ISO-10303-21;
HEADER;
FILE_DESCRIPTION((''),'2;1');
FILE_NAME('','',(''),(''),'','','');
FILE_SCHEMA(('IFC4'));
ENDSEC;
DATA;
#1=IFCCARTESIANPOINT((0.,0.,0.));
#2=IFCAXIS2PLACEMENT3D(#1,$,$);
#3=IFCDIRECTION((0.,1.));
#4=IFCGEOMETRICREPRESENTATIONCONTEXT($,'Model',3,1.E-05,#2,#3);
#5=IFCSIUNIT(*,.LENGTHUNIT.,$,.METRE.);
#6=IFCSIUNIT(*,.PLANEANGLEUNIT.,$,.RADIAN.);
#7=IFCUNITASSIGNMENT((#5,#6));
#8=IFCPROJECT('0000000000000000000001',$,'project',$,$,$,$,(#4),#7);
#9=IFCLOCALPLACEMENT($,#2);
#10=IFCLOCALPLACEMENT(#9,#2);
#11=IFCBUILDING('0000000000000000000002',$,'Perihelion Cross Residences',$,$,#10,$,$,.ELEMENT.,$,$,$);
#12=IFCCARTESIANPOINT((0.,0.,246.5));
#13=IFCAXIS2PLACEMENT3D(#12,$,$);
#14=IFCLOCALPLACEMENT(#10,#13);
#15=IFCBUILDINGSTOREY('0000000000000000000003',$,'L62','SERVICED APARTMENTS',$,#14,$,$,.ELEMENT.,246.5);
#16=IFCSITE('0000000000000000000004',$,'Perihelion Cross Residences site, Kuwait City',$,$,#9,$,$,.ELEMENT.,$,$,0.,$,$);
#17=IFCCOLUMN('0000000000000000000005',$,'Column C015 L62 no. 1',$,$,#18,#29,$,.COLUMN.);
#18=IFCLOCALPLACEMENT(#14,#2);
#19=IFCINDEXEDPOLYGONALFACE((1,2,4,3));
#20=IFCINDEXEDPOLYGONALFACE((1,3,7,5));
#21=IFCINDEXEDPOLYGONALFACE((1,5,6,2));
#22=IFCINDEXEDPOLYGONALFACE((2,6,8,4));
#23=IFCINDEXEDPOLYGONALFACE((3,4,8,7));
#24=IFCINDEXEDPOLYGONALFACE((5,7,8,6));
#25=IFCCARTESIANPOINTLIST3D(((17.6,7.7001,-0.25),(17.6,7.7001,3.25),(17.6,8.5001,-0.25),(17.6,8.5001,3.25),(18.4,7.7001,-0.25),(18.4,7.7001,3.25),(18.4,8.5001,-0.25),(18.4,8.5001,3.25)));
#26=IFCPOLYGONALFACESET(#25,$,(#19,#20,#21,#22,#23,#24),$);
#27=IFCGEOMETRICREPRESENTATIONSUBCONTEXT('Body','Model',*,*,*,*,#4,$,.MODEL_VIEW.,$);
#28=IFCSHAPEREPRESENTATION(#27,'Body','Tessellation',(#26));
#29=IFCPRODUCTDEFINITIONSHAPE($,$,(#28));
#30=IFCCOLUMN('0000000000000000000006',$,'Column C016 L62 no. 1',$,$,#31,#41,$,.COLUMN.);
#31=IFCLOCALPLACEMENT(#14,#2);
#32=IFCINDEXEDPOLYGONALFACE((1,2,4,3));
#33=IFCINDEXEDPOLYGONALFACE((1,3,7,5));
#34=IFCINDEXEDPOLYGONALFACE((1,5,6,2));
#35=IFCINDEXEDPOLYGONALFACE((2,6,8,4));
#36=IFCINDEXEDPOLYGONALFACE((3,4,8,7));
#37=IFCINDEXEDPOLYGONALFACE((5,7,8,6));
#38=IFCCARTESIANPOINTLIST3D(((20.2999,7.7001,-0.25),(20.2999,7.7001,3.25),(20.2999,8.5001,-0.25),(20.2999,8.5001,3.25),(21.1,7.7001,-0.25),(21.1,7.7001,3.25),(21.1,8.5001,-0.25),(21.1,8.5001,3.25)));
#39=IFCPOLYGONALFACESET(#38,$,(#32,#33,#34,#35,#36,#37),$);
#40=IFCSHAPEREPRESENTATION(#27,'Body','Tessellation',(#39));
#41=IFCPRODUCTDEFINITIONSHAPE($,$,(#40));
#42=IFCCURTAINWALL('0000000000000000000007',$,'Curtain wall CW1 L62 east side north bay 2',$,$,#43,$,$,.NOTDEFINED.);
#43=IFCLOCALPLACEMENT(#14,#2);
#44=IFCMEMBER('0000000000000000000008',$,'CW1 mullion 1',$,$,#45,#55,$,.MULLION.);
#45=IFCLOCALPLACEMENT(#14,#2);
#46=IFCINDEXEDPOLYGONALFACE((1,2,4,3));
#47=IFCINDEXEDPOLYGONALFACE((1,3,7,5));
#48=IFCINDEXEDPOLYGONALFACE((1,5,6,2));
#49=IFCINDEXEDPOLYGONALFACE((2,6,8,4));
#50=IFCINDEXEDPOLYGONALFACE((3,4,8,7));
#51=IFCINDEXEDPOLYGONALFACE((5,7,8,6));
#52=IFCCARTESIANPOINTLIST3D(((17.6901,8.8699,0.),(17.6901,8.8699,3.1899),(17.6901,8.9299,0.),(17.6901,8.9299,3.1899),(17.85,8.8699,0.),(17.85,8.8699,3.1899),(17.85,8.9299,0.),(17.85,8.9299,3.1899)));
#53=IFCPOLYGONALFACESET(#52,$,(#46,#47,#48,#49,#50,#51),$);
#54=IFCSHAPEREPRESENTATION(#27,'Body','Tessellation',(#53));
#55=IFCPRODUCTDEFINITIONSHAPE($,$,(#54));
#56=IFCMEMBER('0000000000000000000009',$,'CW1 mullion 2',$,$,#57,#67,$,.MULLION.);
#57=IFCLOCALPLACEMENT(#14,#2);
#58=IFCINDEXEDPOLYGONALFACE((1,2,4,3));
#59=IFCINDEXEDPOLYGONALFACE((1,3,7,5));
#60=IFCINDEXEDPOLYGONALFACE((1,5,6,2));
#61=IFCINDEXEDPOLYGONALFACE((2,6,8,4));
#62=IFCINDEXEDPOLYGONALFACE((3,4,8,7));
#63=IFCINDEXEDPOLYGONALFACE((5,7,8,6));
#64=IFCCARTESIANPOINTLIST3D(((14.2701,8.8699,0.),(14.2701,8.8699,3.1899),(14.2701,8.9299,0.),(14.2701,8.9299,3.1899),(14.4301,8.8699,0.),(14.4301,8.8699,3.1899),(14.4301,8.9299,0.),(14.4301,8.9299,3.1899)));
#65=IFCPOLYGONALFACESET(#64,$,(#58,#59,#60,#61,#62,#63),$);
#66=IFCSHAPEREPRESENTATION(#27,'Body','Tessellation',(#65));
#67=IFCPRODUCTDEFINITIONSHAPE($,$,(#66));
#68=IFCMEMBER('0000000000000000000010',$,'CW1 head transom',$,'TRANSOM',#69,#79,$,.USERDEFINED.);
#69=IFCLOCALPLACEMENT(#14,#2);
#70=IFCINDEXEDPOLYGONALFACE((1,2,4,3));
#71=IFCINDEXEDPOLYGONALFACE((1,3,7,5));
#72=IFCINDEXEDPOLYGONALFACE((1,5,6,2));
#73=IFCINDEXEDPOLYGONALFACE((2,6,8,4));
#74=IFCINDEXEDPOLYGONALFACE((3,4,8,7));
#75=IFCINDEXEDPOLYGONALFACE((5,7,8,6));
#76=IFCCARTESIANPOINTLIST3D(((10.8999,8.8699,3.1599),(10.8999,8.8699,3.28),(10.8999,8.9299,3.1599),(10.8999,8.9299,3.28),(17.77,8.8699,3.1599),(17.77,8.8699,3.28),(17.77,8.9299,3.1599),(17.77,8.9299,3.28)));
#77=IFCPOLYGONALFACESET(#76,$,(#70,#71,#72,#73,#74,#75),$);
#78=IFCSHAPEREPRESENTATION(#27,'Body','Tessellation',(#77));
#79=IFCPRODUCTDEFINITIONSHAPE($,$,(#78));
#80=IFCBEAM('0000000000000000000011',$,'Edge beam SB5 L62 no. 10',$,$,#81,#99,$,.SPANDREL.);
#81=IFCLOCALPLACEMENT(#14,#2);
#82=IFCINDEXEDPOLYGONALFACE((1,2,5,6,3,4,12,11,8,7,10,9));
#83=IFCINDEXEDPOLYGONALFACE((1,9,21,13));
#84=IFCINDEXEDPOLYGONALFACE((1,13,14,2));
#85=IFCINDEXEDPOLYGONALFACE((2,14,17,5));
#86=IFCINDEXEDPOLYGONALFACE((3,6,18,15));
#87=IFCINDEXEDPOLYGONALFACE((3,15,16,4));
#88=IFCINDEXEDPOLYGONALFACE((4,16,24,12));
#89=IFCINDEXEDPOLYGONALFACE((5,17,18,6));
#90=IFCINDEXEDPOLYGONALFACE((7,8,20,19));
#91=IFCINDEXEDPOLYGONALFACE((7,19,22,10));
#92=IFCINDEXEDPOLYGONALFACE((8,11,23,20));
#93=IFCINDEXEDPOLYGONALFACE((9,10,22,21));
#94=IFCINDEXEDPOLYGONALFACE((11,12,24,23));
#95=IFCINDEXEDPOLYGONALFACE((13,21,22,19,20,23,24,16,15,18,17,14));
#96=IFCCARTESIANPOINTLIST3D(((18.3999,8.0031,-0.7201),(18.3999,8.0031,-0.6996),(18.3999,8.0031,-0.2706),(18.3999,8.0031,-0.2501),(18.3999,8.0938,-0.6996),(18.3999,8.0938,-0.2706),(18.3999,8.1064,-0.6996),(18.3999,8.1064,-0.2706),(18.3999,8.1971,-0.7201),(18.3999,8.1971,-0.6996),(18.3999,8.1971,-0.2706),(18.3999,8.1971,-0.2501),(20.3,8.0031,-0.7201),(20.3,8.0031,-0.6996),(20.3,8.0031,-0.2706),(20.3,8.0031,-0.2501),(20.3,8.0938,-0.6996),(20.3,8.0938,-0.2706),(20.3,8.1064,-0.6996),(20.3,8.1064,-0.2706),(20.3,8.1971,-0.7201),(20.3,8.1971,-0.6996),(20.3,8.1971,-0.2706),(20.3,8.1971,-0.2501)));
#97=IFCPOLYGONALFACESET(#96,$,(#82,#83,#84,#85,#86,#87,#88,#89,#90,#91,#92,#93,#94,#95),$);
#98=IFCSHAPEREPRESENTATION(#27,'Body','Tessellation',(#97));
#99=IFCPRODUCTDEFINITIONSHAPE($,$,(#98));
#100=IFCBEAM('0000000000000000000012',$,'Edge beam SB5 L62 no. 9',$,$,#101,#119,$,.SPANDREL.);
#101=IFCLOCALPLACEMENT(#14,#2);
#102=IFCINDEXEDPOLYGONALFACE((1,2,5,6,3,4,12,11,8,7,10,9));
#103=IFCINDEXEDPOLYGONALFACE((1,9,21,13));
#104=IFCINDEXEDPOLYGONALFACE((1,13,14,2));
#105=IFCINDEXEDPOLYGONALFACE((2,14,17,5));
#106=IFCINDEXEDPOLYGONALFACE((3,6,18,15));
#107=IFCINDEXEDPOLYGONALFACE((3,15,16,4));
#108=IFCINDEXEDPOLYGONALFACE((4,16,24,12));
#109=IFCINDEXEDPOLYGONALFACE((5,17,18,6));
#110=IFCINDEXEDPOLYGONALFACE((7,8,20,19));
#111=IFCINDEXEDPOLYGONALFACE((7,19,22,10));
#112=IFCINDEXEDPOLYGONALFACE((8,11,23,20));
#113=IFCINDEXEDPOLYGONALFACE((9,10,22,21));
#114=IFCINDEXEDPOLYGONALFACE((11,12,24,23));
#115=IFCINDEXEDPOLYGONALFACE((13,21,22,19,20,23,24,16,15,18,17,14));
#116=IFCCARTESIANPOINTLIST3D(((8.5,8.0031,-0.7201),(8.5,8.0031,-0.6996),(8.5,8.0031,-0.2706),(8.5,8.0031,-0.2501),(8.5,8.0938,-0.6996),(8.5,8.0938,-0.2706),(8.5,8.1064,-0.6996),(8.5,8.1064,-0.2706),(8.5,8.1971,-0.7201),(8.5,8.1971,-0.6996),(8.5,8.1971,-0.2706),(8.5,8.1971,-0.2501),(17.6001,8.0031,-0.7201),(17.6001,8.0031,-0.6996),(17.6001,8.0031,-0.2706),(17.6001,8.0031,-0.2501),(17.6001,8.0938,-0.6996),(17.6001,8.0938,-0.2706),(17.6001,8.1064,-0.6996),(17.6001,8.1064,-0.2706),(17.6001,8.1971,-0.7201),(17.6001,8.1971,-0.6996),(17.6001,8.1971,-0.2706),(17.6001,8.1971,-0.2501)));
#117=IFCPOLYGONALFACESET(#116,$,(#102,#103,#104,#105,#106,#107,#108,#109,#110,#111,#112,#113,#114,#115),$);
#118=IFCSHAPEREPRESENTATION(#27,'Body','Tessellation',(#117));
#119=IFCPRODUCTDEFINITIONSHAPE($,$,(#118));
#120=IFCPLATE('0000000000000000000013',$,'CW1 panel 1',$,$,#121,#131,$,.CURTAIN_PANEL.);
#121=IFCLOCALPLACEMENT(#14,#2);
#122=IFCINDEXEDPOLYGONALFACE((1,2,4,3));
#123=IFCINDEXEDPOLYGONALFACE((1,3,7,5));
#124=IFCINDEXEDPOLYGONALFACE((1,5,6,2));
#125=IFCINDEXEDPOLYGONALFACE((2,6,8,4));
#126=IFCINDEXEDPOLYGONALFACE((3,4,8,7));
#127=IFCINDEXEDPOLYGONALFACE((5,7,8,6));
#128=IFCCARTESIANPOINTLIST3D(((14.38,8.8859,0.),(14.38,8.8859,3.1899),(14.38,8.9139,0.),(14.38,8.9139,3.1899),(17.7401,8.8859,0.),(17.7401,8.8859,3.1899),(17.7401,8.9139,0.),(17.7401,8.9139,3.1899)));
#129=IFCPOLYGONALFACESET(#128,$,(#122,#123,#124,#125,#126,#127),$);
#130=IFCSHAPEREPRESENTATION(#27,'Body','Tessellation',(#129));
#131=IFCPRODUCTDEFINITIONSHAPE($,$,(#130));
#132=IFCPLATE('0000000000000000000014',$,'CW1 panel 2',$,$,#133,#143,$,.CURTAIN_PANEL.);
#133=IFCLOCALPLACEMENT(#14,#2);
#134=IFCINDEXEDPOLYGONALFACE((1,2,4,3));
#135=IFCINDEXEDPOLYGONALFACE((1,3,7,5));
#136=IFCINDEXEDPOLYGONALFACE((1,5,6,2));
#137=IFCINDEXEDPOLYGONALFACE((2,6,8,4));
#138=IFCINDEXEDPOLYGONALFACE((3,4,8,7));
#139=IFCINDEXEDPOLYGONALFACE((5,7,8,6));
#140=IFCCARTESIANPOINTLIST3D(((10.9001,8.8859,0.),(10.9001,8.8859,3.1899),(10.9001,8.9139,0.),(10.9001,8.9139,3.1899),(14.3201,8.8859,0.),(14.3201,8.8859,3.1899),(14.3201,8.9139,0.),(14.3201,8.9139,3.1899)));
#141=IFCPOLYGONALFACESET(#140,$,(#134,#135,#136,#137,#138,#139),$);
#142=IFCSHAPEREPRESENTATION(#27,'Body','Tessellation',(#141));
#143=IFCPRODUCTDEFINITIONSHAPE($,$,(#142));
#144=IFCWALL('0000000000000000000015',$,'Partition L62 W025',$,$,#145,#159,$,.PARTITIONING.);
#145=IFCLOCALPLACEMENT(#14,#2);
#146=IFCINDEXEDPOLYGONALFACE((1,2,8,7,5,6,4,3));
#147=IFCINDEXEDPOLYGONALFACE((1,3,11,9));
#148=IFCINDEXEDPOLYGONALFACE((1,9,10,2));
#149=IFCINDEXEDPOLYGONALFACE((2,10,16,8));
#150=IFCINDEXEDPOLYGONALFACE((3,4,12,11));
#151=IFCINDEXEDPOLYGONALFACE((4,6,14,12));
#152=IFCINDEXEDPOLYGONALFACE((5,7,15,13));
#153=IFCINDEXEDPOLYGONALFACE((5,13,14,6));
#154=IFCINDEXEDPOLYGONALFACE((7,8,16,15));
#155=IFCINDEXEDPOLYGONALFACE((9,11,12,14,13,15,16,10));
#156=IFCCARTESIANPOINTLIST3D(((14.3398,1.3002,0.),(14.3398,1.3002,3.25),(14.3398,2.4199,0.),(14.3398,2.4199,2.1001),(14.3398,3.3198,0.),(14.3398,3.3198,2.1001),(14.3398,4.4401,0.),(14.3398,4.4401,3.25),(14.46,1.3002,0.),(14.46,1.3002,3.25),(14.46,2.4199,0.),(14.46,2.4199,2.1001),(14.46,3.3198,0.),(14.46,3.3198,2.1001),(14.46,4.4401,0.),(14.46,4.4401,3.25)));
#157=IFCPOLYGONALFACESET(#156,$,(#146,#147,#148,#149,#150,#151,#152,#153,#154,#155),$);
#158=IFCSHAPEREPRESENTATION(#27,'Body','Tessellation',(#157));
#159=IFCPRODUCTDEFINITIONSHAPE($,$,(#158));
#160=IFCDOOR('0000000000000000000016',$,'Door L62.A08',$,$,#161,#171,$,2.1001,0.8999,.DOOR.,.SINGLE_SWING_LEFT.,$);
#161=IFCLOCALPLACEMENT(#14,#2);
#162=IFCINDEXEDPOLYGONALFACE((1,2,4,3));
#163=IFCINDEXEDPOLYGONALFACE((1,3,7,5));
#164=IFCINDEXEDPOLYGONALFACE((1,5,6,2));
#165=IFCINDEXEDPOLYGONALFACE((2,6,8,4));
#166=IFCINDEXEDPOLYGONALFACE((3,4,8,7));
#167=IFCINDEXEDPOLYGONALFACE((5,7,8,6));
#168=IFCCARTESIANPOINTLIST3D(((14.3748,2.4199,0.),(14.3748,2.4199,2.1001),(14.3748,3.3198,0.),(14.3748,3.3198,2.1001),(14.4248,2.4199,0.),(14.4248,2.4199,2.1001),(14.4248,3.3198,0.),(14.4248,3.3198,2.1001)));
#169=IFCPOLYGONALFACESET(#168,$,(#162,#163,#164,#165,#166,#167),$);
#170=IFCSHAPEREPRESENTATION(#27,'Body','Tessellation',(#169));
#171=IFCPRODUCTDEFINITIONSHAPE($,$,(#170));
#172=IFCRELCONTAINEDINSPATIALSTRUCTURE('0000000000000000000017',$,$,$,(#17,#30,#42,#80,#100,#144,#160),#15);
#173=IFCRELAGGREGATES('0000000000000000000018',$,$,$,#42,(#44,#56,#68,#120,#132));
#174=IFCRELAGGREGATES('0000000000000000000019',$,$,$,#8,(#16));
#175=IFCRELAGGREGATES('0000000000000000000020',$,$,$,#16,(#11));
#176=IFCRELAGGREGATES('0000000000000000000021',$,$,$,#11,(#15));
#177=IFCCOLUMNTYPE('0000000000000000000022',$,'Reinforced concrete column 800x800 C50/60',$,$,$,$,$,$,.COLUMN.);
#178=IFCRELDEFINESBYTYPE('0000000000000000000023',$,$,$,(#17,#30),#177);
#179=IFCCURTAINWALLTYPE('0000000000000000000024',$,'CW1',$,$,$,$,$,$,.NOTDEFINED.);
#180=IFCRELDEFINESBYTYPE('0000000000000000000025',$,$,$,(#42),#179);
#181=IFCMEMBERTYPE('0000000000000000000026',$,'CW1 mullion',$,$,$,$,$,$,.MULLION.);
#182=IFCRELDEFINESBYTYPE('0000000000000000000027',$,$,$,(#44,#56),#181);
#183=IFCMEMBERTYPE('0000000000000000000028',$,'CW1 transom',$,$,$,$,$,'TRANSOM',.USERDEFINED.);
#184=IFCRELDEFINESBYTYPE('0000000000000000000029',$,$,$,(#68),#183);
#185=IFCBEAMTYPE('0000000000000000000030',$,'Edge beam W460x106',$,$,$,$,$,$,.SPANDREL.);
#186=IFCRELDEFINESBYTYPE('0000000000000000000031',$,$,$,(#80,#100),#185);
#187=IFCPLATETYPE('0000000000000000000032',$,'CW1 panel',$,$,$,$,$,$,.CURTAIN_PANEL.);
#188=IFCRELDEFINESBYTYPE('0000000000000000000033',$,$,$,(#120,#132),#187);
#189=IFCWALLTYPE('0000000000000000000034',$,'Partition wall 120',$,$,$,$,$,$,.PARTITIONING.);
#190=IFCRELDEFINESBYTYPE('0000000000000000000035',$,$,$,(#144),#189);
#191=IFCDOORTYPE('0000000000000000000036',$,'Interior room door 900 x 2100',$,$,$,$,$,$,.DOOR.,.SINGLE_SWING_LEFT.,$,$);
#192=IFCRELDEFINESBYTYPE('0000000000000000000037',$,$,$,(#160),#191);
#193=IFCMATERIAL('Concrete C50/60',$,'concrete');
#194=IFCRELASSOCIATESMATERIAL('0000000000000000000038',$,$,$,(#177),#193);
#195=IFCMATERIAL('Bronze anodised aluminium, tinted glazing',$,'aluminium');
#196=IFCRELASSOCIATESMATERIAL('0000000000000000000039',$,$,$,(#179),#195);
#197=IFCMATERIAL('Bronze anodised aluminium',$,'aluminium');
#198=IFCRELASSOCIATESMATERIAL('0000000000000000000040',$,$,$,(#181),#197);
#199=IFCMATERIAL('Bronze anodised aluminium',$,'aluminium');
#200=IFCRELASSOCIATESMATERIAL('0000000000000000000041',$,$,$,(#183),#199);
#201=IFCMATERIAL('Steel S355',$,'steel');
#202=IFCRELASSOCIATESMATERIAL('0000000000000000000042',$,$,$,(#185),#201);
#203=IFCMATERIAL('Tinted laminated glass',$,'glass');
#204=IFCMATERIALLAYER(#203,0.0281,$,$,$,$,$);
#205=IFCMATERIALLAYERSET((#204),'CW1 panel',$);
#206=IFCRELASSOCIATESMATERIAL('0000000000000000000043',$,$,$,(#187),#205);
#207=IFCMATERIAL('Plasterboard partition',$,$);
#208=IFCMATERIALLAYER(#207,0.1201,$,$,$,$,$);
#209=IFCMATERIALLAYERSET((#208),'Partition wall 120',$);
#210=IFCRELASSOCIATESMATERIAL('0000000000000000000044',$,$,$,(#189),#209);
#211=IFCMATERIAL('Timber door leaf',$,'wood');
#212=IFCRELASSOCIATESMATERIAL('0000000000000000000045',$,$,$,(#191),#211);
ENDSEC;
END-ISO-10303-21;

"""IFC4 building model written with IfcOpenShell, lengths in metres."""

from ifc_helpers import new_model, si_unit, direction, frame, frame_2d, origin, origin_2d, place, context, subcontext, project, spatial, rectangle, i_section, extrude, material, layer, layer_set, material_profile, profile_set, type_object, element, fill, aggregate, save


model = new_model("IFC4")

# Units and contexts
model_context = context("Model", 3, precision=1e-05, world=origin(), true_north=direction((0.0, 1.0)))
body_context = subcontext(model_context, "Body", "Model", "MODEL_VIEW")
ifc_project = project(units=[si_unit("LENGTHUNIT", "METRE"), si_unit("PLANEANGLEUNIT", "RADIAN")], contexts=[model_context])

# Site, building, storey
site_placement = place(None, origin())
site = spatial("IfcSite", under=ifc_project, at=site_placement, Name="Perihelion Cross Residences site, Kuwait City", CompositionType="ELEMENT", RefElevation=0.0)
building_placement = place(site_placement, origin())
building = spatial("IfcBuilding", under=site, at=building_placement, Name="Perihelion Cross Residences", CompositionType="ELEMENT")
storey_placement = place(building_placement, frame((0.0, 0.0, 246.5)))
storey = spatial("IfcBuildingStorey", under=building, at=storey_placement, Name="L62", Description="SERVICED APARTMENTS", CompositionType="ELEMENT", Elevation=246.5)

# Columns
ifc_material_1 = material(Name="Concrete C50/60", Category="concrete")
ifc_material_profile_1 = material_profile(ifc_material_1, rectangle(XDim=0.8, YDim=0.8, at=origin_2d()), Name="RC 800x800")
ifc_profile_set_1 = profile_set([ifc_material_profile_1], Name="Concrete C50/60")
column_type = type_object("IfcColumnType", Name="Reinforced concrete column 800x800 C50/60", PredefinedType="COLUMN", material=ifc_profile_set_1)
for number, where, z_axis, x_axis, name in (
    (1, (18.0, 8.1001, -0.25), (0.0, 0.0, 1.0), (1.0, 0.0, 0.0), "Column C015 L62 no. 1"),
    (2, (20.7, 8.1001, -0.25), (0.0, 0.0, 1.0), (1.0, 0.0, 0.0), "Column C016 L62 no. 1"),
):
    element("IfcColumn", number, at=place(storey_placement, frame(where, z_axis=z_axis, x_axis=x_axis)), inside=storey, type_object=column_type, Name=name, PredefinedType="COLUMN", context=body_context, shape_type="SweptSolid", body=[
        extrude(rectangle(XDim=0.8, YDim=0.8, at=origin_2d()), origin(), (0.0, 0.0, 1.0), 3.5),
    ])

# Curtain wall, members
ifc_material_2 = material(Name="Bronze anodised aluminium, tinted glazing", Category="aluminium")
curtain_wall_type = type_object("IfcCurtainWallType", Name="CW1", PredefinedType="NOTDEFINED", material=ifc_material_2)
curtain_wall_placement = place(storey_placement, origin())
curtain_wall = element("IfcCurtainWall", 3, at=curtain_wall_placement, inside=storey, type_object=curtain_wall_type, Name="Curtain wall CW1 L62 east side north bay 2", PredefinedType="NOTDEFINED")
ifc_material_3 = material(Name="Bronze anodised aluminium", Category="aluminium")
ifc_material_profile_2 = material_profile(ifc_material_3, rectangle(XDim=0.0601, YDim=0.1599, at=origin_2d()), Name="CW1 mullion")
ifc_profile_set_2 = profile_set([ifc_material_profile_2], Name="Bronze anodised aluminium")
member_type_1 = type_object("IfcMemberType", Name="CW1 mullion", PredefinedType="MULLION", material=ifc_profile_set_2)
member_1_placement = place(storey_placement, frame((17.77, 8.8999, 0.0), z_axis=(0.0, 0.0, 1.0), x_axis=(0.0, -1.0, 0.0)))
member_1 = element("IfcMember", 4, at=member_1_placement, type_object=member_type_1, Name="CW1 mullion 1", PredefinedType="MULLION", context=body_context, shape_type="SweptSolid", body=[
    extrude(rectangle(XDim=0.0601, YDim=0.1599, at=origin_2d()), origin(), (0.0, 0.0, 1.0), 3.1899),
])
member_2_placement = place(storey_placement, frame((14.3501, 8.8999, 0.0), z_axis=(0.0, 0.0, 1.0), x_axis=(0.0, -1.0, 0.0)))
member_2 = element("IfcMember", 5, at=member_2_placement, type_object=member_type_1, Name="CW1 mullion 2", PredefinedType="MULLION", context=body_context, shape_type="SweptSolid", body=[
    extrude(rectangle(XDim=0.0601, YDim=0.1599, at=origin_2d()), origin(), (0.0, 0.0, 1.0), 3.1899),
])
ifc_material_4 = material(Name="Bronze anodised aluminium", Category="aluminium")
ifc_material_profile_3 = material_profile(ifc_material_4, rectangle(XDim=0.0601, YDim=0.1201, at=origin_2d()), Name="CW1 transom")
ifc_profile_set_3 = profile_set([ifc_material_profile_3], Name="Bronze anodised aluminium")
member_type_2 = type_object("IfcMemberType", Name="CW1 transom", ElementType="TRANSOM", PredefinedType="USERDEFINED", material=ifc_profile_set_3)
member_3_placement = place(storey_placement, frame((17.77, 8.8999, 3.22), z_axis=(-1.0, 0.0, 0.0), x_axis=(0.0, -1.0, 0.0)))
member_3 = element("IfcMember", 6, at=member_3_placement, type_object=member_type_2, Name="CW1 head transom", ObjectType="TRANSOM", PredefinedType="USERDEFINED", context=body_context, shape_type="SweptSolid", body=[
    extrude(rectangle(XDim=0.0601, YDim=0.1201, at=origin_2d()), origin(), (0.0, 0.0, 1.0), 6.8701),
])

# Beams
ifc_material_5 = material(Name="Steel S355", Category="steel")
ifc_material_profile_4 = material_profile(ifc_material_5, i_section(OverallWidth=0.1941, OverallDepth=0.47, WebThickness=0.0127, FlangeThickness=0.0205, at=origin_2d()), Name="W460x106")
ifc_profile_set_4 = profile_set([ifc_material_profile_4], Name="Steel S355")
beam_type = type_object("IfcBeamType", Name="Edge beam W460x106", PredefinedType="SPANDREL", material=ifc_profile_set_4)
beam_1_placement = place(storey_placement, frame((20.3, 8.1001, -0.4851), z_axis=(-1.0, 0.0, 0.0), x_axis=(0.0, -1.0, 0.0)))
element("IfcBeam", 7, at=beam_1_placement, inside=storey, type_object=beam_type, Name="Edge beam SB5 L62 no. 10", PredefinedType="SPANDREL", context=body_context, shape_type="SweptSolid", body=[
    extrude(i_section(OverallWidth=0.1941, OverallDepth=0.47, WebThickness=0.0127, FlangeThickness=0.0205, at=origin_2d()), origin(), (0.0, 0.0, 1.0), 1.9001),
])
beam_2_placement = place(storey_placement, frame((17.6001, 8.1001, -0.4851), z_axis=(-1.0, 0.0, 0.0), x_axis=(0.0, -1.0, 0.0)))
element("IfcBeam", 8, at=beam_2_placement, inside=storey, type_object=beam_type, Name="Edge beam SB5 L62 no. 9", PredefinedType="SPANDREL", context=body_context, shape_type="SweptSolid", body=[
    extrude(i_section(OverallWidth=0.1941, OverallDepth=0.47, WebThickness=0.0127, FlangeThickness=0.0205, at=origin_2d()), origin(), (0.0, 0.0, 1.0), 9.1001),
])

# Plates
ifc_material_6 = material(Name="Tinted laminated glass", Category="glass")
ifc_layer_1 = layer(ifc_material_6, 0.0281)
ifc_layer_set_1 = layer_set([ifc_layer_1], Name="CW1 panel")
plate_type = type_object("IfcPlateType", Name="CW1 panel", PredefinedType="CURTAIN_PANEL", material=ifc_layer_set_1)
plate_1_placement = place(storey_placement, frame((16.0601, 8.8999, 0.0), z_axis=(0.0, 0.0, 1.0), x_axis=(-1.0, 0.0, 0.0)))
plate_1 = element("IfcPlate", 9, at=plate_1_placement, type_object=plate_type, Name="CW1 panel 1", PredefinedType="CURTAIN_PANEL", context=body_context, shape_type="SweptSolid", body=[
    extrude(rectangle(XDim=3.3601, YDim=0.0281, at=origin_2d()), origin(), (0.0, 0.0, 1.0), 3.1899),
])
plate_2_placement = place(storey_placement, frame((12.6101, 8.8999, 0.0), z_axis=(0.0, 0.0, 1.0), x_axis=(-1.0, 0.0, 0.0)))
plate_2 = element("IfcPlate", 10, at=plate_2_placement, type_object=plate_type, Name="CW1 panel 2", PredefinedType="CURTAIN_PANEL", context=body_context, shape_type="SweptSolid", body=[
    extrude(rectangle(XDim=3.4199, YDim=0.0281, at=origin_2d()), origin(), (0.0, 0.0, 1.0), 3.1899),
])
aggregate(curtain_wall, [member_1, member_2, member_3, plate_1, plate_2])

# Wall, opening, door
ifc_material_7 = material(Name="Plasterboard partition")
ifc_layer_2 = layer(ifc_material_7, 0.1201)
ifc_layer_set_2 = layer_set([ifc_layer_2], Name="Partition wall 120")
wall_type_1 = type_object("IfcWallType", Name="Partition wall 120", PredefinedType="PARTITIONING", material=ifc_layer_set_2)
wall_1_placement = place(storey_placement, frame((14.3999, 4.4399, 0.0), z_axis=(0.0, 0.0, 1.0), x_axis=(0.0, -1.0, 0.0)))
wall_1 = element("IfcWall", 11, at=wall_1_placement, inside=storey, type_object=wall_type_1, Name="Partition L62 W025", PredefinedType="PARTITIONING", context=body_context, shape_type="SweptSolid", body=[
    extrude(rectangle(XDim=3.1399, YDim=0.1201, at=frame_2d((1.5698, 0.0))), origin(), (0.0, 0.0, 1.0), 3.25),
])
opening_1_placement = place(wall_1_placement, frame((1.1201, 0.0, 0.0)))
opening_1 = element("IfcOpeningElement", 12, at=opening_1_placement, cuts=wall_1, PredefinedType="OPENING", context=body_context, shape_type="SweptSolid", body=[
    extrude(rectangle(XDim=0.8999, YDim=2.1001, at=frame_2d((0.45, 1.05))), frame((0.0, 0.0701, 0.0), z_axis=(0.0, -1.0, 0.0), x_axis=(1.0, 0.0, 0.0)), (0.0, 0.0, 1.0), 0.1401),
])
ifc_material_8 = material(Name="Timber door leaf", Category="wood")
door_type_1 = type_object("IfcDoorType", Name="Interior room door 900 x 2100", OperationType="SINGLE_SWING_LEFT", PredefinedType="DOOR", material=ifc_material_8)
door_1_placement = place(opening_1_placement, origin())
door_1 = element("IfcDoor", 13, at=door_1_placement, inside=storey, type_object=door_type_1, Name="Door L62.A08", OperationType="SINGLE_SWING_LEFT", OverallHeight=2.1001, OverallWidth=0.8999, PredefinedType="DOOR", context=body_context, shape_type="SweptSolid", body=[
    extrude(rectangle(XDim=0.8999, YDim=2.1001, at=frame_2d((0.45, 1.05))), frame((0.0, 0.0249, 0.0), z_axis=(0.0, -1.0, 0.0), x_axis=(1.0, 0.0, 0.0)), (0.0, 0.0, 1.0), 0.05),
])
fill(opening_1, door_1)

save(model, "model.ifc")
